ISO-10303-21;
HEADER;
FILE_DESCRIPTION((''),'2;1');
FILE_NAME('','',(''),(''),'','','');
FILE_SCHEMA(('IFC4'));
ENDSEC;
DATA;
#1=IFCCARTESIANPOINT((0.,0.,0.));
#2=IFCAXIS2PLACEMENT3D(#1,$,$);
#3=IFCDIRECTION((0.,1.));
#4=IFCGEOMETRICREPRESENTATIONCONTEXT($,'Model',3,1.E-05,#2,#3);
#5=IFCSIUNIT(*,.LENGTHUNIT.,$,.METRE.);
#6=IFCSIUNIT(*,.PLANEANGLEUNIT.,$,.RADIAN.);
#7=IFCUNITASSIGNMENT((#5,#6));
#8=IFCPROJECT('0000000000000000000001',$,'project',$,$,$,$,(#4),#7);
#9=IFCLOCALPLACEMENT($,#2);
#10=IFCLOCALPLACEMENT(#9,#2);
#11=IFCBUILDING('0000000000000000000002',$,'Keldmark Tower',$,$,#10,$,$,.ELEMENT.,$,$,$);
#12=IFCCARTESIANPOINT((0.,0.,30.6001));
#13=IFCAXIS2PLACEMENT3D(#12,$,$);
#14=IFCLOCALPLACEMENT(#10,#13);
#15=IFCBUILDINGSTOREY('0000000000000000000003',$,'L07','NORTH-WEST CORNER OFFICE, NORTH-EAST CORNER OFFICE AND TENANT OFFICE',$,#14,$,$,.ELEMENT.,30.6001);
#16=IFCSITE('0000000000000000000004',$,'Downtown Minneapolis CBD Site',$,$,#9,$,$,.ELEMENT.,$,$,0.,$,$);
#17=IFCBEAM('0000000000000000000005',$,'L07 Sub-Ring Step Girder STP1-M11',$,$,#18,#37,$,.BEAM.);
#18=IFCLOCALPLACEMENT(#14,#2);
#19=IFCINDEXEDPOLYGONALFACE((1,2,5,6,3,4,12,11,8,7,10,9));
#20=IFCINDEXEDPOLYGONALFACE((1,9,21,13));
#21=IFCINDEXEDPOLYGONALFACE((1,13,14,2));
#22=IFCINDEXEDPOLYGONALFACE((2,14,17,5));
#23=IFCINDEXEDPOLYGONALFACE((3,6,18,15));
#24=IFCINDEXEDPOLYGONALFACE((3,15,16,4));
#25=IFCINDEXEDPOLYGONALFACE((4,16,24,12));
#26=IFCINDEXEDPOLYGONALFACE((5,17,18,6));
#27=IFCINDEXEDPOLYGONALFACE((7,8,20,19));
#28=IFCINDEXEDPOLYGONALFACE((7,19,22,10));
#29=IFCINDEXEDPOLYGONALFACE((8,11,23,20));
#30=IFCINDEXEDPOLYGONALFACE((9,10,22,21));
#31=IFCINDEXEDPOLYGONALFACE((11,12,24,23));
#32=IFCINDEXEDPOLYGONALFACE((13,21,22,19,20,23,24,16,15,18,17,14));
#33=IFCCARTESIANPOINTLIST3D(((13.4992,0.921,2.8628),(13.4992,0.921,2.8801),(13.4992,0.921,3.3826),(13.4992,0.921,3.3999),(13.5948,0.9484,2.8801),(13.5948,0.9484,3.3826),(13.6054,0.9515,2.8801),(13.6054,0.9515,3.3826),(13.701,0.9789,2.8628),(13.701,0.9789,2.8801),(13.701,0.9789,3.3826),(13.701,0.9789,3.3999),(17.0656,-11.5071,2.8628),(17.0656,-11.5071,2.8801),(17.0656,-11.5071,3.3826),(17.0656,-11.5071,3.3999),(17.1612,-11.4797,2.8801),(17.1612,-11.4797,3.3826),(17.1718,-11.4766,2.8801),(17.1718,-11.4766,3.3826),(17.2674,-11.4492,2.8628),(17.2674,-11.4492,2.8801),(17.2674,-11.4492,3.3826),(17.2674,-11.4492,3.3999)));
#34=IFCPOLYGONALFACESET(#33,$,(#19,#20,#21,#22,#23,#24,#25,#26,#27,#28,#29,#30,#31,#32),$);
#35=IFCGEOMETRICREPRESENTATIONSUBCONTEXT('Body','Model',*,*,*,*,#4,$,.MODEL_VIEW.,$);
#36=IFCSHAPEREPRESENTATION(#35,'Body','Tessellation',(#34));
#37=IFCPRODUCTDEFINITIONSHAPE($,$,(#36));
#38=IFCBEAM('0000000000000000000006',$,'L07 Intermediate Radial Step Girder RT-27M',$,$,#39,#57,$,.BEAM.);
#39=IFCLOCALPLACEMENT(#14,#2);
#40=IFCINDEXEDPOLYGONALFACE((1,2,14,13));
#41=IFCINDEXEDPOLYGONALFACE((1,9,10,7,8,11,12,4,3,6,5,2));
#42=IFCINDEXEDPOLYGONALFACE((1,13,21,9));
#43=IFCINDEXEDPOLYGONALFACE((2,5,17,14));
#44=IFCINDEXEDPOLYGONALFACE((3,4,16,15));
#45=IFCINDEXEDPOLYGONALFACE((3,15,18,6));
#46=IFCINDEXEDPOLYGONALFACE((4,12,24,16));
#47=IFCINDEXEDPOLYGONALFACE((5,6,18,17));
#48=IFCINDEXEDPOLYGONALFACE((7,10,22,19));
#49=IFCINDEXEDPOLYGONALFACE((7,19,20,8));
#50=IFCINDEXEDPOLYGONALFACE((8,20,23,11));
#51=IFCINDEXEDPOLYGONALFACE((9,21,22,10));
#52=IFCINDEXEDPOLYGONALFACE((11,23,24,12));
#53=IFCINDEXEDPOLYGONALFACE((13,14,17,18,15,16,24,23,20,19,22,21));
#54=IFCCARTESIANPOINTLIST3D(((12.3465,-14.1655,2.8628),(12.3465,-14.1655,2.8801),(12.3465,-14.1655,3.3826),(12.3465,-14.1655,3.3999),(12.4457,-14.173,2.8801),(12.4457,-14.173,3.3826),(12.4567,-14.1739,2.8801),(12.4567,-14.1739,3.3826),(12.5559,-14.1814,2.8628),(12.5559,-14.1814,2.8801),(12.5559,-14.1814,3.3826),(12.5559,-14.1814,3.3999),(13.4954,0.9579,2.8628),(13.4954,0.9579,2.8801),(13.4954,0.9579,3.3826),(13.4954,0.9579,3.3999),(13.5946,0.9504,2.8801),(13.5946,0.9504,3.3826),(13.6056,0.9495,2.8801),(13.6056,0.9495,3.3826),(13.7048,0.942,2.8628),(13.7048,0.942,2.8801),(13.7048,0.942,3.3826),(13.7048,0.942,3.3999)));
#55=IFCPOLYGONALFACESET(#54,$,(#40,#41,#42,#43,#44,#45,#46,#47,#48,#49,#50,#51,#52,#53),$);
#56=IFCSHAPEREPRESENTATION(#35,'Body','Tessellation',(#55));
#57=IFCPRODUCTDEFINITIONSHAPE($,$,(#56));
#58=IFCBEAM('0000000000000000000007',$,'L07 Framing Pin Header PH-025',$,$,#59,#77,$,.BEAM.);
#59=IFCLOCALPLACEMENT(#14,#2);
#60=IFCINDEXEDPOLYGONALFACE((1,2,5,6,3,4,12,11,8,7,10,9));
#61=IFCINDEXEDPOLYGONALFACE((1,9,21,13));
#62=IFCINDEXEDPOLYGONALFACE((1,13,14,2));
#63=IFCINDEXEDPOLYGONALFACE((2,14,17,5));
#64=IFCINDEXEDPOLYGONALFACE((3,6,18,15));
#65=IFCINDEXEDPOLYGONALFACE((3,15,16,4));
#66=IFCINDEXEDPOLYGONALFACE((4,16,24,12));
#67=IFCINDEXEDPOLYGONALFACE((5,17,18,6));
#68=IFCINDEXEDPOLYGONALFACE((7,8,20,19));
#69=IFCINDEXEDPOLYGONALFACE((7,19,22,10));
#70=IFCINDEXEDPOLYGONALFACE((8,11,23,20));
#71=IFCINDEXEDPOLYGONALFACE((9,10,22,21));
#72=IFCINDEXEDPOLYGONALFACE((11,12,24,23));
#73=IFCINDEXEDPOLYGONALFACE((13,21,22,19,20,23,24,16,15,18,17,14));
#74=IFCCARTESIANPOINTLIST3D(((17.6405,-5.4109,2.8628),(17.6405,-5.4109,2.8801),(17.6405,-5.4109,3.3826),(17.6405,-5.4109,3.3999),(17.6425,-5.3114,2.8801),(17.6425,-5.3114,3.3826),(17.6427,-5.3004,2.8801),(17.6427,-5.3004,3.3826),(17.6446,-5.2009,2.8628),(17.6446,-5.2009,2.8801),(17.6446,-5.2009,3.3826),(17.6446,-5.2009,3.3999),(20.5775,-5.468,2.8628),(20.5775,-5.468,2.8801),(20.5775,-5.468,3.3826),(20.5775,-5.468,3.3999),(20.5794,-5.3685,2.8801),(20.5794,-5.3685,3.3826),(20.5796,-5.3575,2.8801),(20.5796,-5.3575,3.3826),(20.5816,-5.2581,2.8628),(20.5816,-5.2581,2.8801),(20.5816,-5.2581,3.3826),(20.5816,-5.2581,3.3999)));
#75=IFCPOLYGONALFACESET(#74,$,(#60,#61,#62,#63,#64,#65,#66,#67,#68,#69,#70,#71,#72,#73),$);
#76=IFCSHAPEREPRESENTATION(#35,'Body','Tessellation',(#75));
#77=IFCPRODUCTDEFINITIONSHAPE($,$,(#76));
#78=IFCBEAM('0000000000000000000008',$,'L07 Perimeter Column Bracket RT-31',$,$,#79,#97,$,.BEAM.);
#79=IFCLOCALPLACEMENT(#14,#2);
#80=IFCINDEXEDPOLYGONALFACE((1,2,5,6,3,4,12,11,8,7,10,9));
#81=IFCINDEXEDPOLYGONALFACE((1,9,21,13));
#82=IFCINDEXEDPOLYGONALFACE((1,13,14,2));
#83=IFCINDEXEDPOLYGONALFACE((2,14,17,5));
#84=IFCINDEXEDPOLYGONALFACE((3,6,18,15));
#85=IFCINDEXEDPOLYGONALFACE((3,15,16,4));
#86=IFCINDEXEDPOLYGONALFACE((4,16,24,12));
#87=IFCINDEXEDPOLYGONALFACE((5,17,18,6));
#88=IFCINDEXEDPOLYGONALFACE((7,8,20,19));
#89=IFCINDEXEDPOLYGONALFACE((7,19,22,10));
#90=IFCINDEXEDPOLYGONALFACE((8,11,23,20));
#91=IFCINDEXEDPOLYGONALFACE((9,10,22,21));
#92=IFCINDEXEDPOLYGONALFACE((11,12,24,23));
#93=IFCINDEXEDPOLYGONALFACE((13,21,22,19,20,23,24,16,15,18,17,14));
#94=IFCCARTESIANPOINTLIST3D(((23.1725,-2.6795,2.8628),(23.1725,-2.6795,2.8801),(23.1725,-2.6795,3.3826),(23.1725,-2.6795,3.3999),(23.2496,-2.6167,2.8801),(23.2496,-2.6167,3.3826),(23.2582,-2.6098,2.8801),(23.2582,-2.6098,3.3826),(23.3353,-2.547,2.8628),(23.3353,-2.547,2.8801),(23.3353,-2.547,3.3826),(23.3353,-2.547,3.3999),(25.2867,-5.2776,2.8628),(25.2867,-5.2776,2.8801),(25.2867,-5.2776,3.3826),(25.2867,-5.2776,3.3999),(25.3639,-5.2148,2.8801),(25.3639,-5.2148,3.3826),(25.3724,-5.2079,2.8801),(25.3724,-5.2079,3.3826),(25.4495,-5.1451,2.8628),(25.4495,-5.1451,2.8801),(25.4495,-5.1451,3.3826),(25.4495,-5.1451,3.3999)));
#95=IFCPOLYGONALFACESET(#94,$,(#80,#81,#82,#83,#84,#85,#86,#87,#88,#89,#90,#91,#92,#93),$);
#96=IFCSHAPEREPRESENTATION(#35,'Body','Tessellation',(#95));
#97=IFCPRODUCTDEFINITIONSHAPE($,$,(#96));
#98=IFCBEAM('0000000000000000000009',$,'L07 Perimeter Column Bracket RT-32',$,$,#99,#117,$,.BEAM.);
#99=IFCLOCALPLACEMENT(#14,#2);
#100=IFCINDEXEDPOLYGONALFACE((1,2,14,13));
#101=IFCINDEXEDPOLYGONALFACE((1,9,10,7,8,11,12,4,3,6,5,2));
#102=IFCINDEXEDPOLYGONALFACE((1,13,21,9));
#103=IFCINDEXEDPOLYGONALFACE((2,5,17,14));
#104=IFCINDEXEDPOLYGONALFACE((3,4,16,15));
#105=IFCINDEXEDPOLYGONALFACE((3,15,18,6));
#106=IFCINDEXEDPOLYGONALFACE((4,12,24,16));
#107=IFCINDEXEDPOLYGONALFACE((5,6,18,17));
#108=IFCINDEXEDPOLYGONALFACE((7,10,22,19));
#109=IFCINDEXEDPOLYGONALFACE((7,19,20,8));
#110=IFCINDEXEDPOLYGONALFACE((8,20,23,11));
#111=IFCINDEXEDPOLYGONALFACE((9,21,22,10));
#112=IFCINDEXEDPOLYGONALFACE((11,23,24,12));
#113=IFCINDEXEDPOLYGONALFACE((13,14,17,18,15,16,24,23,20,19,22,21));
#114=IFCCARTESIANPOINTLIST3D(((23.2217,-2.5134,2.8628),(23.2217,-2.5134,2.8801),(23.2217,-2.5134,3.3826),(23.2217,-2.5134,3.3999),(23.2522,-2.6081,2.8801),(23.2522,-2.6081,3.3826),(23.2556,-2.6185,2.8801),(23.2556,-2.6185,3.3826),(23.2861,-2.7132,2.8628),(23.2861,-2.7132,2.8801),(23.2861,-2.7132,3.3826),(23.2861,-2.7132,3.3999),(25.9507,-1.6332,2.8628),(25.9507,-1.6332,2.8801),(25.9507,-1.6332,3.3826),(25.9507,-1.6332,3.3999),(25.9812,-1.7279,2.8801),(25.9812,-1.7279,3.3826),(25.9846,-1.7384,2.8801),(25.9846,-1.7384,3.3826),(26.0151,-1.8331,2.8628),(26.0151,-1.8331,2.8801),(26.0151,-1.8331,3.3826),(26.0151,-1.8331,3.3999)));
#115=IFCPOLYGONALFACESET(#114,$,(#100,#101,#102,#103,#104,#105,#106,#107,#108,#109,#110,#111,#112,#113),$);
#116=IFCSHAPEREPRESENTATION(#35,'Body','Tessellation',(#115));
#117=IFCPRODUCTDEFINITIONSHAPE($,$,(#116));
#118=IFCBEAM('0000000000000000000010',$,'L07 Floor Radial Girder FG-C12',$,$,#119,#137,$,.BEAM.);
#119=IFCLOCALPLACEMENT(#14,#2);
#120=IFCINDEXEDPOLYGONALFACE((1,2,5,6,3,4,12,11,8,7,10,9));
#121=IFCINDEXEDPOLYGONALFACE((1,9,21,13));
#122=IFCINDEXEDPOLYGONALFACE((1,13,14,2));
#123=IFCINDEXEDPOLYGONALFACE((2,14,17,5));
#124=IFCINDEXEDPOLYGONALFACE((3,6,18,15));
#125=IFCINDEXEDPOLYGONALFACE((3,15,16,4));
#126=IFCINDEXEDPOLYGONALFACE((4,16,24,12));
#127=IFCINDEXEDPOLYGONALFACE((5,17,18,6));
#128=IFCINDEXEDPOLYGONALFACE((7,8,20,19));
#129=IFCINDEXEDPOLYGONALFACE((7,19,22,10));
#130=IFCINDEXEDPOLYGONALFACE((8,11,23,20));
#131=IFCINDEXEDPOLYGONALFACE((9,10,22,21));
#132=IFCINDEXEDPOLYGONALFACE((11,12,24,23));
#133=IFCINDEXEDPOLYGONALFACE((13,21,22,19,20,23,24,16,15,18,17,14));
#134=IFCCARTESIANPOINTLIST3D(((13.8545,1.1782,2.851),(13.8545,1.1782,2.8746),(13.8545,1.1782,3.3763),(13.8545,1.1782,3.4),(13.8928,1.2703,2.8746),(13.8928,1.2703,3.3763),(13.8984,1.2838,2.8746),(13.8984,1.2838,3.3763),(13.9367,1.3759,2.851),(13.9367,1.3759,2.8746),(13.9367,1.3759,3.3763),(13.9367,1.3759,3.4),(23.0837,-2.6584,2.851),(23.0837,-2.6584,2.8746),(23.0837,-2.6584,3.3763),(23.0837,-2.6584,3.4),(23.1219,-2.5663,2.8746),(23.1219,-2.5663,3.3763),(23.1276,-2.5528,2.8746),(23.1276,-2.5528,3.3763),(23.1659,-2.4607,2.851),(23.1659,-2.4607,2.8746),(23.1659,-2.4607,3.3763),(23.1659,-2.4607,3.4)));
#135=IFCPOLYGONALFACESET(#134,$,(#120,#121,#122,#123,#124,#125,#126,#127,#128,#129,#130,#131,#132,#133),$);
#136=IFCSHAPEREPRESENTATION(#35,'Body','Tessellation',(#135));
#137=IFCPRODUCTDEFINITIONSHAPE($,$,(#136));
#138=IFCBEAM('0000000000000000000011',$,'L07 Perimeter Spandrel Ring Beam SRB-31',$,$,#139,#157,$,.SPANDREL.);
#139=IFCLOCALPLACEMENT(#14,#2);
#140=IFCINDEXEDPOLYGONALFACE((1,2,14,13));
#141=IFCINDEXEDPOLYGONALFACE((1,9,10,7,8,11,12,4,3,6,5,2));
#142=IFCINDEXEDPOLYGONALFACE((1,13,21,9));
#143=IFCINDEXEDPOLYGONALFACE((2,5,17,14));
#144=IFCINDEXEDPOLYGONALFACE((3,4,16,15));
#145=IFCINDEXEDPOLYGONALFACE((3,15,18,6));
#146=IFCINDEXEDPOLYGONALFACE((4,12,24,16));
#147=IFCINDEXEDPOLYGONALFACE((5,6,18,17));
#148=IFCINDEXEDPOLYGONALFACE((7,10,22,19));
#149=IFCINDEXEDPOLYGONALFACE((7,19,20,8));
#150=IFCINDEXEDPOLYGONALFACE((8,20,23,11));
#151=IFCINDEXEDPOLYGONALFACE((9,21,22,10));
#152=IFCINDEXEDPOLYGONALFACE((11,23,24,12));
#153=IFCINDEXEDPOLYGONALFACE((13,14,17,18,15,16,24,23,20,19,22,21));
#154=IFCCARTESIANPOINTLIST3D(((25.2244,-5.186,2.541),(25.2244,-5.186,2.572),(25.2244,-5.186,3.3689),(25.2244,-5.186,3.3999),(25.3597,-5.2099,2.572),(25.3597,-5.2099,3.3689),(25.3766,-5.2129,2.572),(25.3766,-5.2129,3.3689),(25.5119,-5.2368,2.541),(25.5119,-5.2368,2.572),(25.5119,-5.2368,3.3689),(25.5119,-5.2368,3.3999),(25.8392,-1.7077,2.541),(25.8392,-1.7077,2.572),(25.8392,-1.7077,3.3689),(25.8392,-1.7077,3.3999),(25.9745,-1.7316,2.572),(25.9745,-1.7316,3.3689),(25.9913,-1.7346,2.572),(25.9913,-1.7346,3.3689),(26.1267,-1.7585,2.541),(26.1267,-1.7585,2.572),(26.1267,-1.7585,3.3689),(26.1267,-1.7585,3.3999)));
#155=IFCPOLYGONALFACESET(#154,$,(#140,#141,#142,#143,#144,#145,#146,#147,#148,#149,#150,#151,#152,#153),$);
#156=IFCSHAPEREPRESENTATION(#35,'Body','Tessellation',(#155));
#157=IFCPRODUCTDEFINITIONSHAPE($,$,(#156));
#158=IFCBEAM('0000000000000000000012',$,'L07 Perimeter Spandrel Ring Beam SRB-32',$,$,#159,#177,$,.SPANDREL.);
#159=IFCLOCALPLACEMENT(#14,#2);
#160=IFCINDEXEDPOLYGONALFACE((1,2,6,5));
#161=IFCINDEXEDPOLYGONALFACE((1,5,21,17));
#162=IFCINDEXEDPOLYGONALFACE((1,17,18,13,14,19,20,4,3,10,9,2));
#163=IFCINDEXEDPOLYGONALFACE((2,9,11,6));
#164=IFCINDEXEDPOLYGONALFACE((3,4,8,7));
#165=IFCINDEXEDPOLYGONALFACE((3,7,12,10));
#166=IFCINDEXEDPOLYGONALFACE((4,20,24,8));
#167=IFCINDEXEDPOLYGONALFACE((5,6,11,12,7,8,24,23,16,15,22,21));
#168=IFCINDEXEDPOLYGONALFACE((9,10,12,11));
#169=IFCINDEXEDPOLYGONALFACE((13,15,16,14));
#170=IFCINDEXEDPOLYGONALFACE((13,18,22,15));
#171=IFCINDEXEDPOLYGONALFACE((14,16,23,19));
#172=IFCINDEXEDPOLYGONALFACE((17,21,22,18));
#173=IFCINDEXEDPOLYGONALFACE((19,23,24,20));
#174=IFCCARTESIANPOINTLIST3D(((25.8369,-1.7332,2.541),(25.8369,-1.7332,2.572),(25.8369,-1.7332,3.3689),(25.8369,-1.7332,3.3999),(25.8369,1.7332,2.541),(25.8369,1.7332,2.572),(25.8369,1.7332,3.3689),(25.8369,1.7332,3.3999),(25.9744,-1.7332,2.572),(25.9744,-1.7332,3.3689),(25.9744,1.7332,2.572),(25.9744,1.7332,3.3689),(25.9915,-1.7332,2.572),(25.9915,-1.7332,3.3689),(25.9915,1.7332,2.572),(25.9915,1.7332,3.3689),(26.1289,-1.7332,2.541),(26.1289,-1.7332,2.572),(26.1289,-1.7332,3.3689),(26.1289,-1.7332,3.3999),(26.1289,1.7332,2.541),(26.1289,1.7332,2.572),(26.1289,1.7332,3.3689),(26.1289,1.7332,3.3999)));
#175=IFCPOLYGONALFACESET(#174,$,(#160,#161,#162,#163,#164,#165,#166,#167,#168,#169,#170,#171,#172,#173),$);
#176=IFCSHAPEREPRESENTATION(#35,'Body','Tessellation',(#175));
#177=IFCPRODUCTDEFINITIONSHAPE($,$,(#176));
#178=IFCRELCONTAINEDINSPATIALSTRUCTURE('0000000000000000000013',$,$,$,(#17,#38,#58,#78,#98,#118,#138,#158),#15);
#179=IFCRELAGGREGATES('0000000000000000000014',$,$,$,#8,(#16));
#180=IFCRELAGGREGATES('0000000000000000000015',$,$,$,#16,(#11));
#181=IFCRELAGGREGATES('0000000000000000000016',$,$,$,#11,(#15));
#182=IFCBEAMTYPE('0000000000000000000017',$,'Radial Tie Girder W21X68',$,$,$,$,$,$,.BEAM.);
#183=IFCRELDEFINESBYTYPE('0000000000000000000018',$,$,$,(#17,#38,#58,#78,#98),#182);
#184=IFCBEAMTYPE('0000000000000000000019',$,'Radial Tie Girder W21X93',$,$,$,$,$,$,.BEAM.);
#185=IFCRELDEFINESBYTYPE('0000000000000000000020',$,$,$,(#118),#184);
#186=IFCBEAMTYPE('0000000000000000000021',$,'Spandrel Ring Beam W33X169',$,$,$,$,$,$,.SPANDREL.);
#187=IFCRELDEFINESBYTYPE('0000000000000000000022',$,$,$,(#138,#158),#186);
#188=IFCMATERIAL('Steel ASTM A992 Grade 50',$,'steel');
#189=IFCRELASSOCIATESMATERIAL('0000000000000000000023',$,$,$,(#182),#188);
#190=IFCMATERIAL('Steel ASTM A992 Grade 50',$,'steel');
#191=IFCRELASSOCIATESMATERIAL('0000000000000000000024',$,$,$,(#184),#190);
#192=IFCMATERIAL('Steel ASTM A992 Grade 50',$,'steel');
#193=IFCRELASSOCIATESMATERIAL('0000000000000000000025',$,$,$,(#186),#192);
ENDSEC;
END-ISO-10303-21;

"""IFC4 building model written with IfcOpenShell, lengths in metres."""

from ifc_helpers import new_model, si_unit, direction, frame, origin, origin_2d, place, context, subcontext, project, spatial, i_section, extrude, material, material_profile, profile_set, type_object, element, save


model = new_model("IFC4")

# Units and contexts
model_context = context("Model", 3, precision=1e-05, world=origin(), true_north=direction((0.0, 1.0)))
body_context = subcontext(model_context, "Body", "Model", "MODEL_VIEW")
ifc_project = project(units=[si_unit("LENGTHUNIT", "METRE"), si_unit("PLANEANGLEUNIT", "RADIAN")], contexts=[model_context])

# Site, building, storey
site_placement = place(None, origin())
site = spatial("IfcSite", under=ifc_project, at=site_placement, Name="Downtown Minneapolis CBD Site", CompositionType="ELEMENT", RefElevation=0.0)
building_placement = place(site_placement, origin())
building = spatial("IfcBuilding", under=site, at=building_placement, Name="Keldmark Tower", CompositionType="ELEMENT")
storey_placement = place(building_placement, frame((0.0, 0.0, 30.6001)))
storey = spatial("IfcBuildingStorey", under=building, at=storey_placement, Name="L07", Description="NORTH-WEST CORNER OFFICE, NORTH-EAST CORNER OFFICE AND TENANT OFFICE", CompositionType="ELEMENT", Elevation=30.6001)

# Beams
ifc_material_1 = material(Name="Steel ASTM A992 Grade 50", Category="steel")
ifc_material_profile_1 = material_profile(ifc_material_1, i_section(OverallWidth=0.21, OverallDepth=0.5371, WebThickness=0.011, FlangeThickness=0.0173, at=origin_2d()), Name="W21X68")
ifc_profile_set_1 = profile_set([ifc_material_profile_1], Name="Steel ASTM A992 Grade 50")
beam_type_1 = type_object("IfcBeamType", Name="Radial Tie Girder W21X68", PredefinedType="BEAM", material=ifc_profile_set_1)
beam_1_placement = place(storey_placement, frame((13.6001, 0.95, 3.1313), z_axis=(0.275828, -0.961207, 0.0), x_axis=(0.961207, 0.275828, 0.0)))
element("IfcBeam", 1, at=beam_1_placement, inside=storey, type_object=beam_type_1, Name="L07 Sub-Ring Step Girder STP1-M11", PredefinedType="BEAM", context=body_context, shape_type="SweptSolid", body=[
    extrude(i_section(OverallWidth=0.21, OverallDepth=0.5371, WebThickness=0.011, FlangeThickness=0.0173, at=origin_2d()), origin(), (0.0, 0.0, 1.0), 12.9297),
])
beam_2_placement = place(storey_placement, frame((13.6001, 0.95, 3.1313), z_axis=(-0.075751, -0.997127, 0.0), x_axis=(0.997127, -0.075751, 0.0)))
element("IfcBeam", 2, at=beam_2_placement, inside=storey, type_object=beam_type_1, Name="L07 Intermediate Radial Step Girder RT-27M", PredefinedType="BEAM", context=body_context, shape_type="SweptSolid", body=[
    extrude(i_section(OverallWidth=0.21, OverallDepth=0.5371, WebThickness=0.011, FlangeThickness=0.0173, at=origin_2d()), origin(), (0.0, 0.0, 1.0), 15.167),
])
beam_3_placement = place(storey_placement, frame((17.6426, -5.3059, 3.1313), z_axis=(0.999811, -0.019448, 0.0), x_axis=(0.019448, 0.999811, 0.0)))
element("IfcBeam", 3, at=beam_3_placement, inside=storey, type_object=beam_type_1, Name="L07 Framing Pin Header PH-025", PredefinedType="BEAM", context=body_context, shape_type="SweptSolid", body=[
    extrude(i_section(OverallWidth=0.21, OverallDepth=0.5371, WebThickness=0.011, FlangeThickness=0.0173, at=origin_2d()), origin(), (0.0, 0.0, 1.0), 2.9375),
])
beam_4_placement = place(storey_placement, frame((23.2539, -2.6133, 3.1313), z_axis=(0.63118, -0.775637, 0.0), x_axis=(0.775637, 0.63118, 0.0)))
element("IfcBeam", 4, at=beam_4_placement, inside=storey, type_object=beam_type_1, Name="L07 Perimeter Column Bracket RT-31", PredefinedType="BEAM", context=body_context, shape_type="SweptSolid", body=[
    extrude(i_section(OverallWidth=0.21, OverallDepth=0.5371, WebThickness=0.011, FlangeThickness=0.0173, at=origin_2d()), origin(), (0.0, 0.0, 1.0), 3.3496),
])
beam_5_placement = place(storey_placement, frame((23.2539, -2.6133, 3.1313), z_axis=(0.951729, 0.306941, 0.0), x_axis=(-0.306941, 0.951729, 0.0)))
element("IfcBeam", 5, at=beam_5_placement, inside=storey, type_object=beam_type_1, Name="L07 Perimeter Column Bracket RT-32", PredefinedType="BEAM", context=body_context, shape_type="SweptSolid", body=[
    extrude(i_section(OverallWidth=0.21, OverallDepth=0.5371, WebThickness=0.011, FlangeThickness=0.0173, at=origin_2d()), origin(), (0.0, 0.0, 1.0), 2.8674),
])
ifc_material_2 = material(Name="Steel ASTM A992 Grade 50", Category="steel")
ifc_material_profile_2 = material_profile(ifc_material_2, i_section(OverallWidth=0.2141, OverallDepth=0.5491, WebThickness=0.0146, FlangeThickness=0.0237, at=origin_2d()), Name="W21X93")
ifc_profile_set_2 = profile_set([ifc_material_profile_2], Name="Steel ASTM A992 Grade 50")
beam_type_2 = type_object("IfcBeamType", Name="Radial Tie Girder W21X93", PredefinedType="BEAM", material=ifc_profile_set_2)
beam_6_placement = place(storey_placement, frame((23.1248, -2.5596, 3.1255), z_axis=(-0.923391, 0.383861, 0.0), x_axis=(-0.383861, -0.923391, 0.0)))
element("IfcBeam", 6, at=beam_6_placement, inside=storey, type_object=beam_type_2, Name="L07 Floor Radial Girder FG-C12", PredefinedType="BEAM", context=body_context, shape_type="SweptSolid", body=[
    extrude(i_section(OverallWidth=0.2141, OverallDepth=0.5491, WebThickness=0.0146, FlangeThickness=0.0237, at=origin_2d()), origin(), (0.0, 0.0, 1.0), 9.9949),
])
ifc_material_3 = material(Name="Steel ASTM A992 Grade 50", Category="steel")
ifc_material_profile_3 = material_profile(ifc_material_3, i_section(OverallWidth=0.292, OverallDepth=0.8589, WebThickness=0.0171, FlangeThickness=0.031, at=origin_2d()), Name="W33X169")
ifc_profile_set_3 = profile_set([ifc_material_profile_3], Name="Steel ASTM A992 Grade 50")
beam_type_3 = type_object("IfcBeamType", Name="Spandrel Ring Beam W33X169", PredefinedType="SPANDREL", material=ifc_profile_set_3)
beam_7_placement = place(storey_placement, frame((25.3682, -5.2114, 2.9705), z_axis=(0.174042, 0.984738, 0.0), x_axis=(-0.984738, 0.174042, 0.0)))
element("IfcBeam", 7, at=beam_7_placement, inside=storey, type_object=beam_type_3, Name="L07 Perimeter Spandrel Ring Beam SRB-31", PredefinedType="SPANDREL", context=body_context, shape_type="SweptSolid", body=[
    extrude(i_section(OverallWidth=0.292, OverallDepth=0.8589, WebThickness=0.0171, FlangeThickness=0.031, at=origin_2d()), origin(), (0.0, 0.0, 1.0), 3.5322),
])
beam_8_placement = place(storey_placement, frame((25.9829, -1.7332, 2.9705), z_axis=(0.0, 1.0, 0.0), x_axis=(-1.0, 0.0, 0.0)))
element("IfcBeam", 8, at=beam_8_placement, inside=storey, type_object=beam_type_3, Name="L07 Perimeter Spandrel Ring Beam SRB-32", PredefinedType="SPANDREL", context=body_context, shape_type="SweptSolid", body=[
    extrude(i_section(OverallWidth=0.292, OverallDepth=0.8589, WebThickness=0.0171, FlangeThickness=0.031, at=origin_2d()), origin(), (0.0, 0.0, 1.0), 3.4663),
])

save(model, "model.ifc")
